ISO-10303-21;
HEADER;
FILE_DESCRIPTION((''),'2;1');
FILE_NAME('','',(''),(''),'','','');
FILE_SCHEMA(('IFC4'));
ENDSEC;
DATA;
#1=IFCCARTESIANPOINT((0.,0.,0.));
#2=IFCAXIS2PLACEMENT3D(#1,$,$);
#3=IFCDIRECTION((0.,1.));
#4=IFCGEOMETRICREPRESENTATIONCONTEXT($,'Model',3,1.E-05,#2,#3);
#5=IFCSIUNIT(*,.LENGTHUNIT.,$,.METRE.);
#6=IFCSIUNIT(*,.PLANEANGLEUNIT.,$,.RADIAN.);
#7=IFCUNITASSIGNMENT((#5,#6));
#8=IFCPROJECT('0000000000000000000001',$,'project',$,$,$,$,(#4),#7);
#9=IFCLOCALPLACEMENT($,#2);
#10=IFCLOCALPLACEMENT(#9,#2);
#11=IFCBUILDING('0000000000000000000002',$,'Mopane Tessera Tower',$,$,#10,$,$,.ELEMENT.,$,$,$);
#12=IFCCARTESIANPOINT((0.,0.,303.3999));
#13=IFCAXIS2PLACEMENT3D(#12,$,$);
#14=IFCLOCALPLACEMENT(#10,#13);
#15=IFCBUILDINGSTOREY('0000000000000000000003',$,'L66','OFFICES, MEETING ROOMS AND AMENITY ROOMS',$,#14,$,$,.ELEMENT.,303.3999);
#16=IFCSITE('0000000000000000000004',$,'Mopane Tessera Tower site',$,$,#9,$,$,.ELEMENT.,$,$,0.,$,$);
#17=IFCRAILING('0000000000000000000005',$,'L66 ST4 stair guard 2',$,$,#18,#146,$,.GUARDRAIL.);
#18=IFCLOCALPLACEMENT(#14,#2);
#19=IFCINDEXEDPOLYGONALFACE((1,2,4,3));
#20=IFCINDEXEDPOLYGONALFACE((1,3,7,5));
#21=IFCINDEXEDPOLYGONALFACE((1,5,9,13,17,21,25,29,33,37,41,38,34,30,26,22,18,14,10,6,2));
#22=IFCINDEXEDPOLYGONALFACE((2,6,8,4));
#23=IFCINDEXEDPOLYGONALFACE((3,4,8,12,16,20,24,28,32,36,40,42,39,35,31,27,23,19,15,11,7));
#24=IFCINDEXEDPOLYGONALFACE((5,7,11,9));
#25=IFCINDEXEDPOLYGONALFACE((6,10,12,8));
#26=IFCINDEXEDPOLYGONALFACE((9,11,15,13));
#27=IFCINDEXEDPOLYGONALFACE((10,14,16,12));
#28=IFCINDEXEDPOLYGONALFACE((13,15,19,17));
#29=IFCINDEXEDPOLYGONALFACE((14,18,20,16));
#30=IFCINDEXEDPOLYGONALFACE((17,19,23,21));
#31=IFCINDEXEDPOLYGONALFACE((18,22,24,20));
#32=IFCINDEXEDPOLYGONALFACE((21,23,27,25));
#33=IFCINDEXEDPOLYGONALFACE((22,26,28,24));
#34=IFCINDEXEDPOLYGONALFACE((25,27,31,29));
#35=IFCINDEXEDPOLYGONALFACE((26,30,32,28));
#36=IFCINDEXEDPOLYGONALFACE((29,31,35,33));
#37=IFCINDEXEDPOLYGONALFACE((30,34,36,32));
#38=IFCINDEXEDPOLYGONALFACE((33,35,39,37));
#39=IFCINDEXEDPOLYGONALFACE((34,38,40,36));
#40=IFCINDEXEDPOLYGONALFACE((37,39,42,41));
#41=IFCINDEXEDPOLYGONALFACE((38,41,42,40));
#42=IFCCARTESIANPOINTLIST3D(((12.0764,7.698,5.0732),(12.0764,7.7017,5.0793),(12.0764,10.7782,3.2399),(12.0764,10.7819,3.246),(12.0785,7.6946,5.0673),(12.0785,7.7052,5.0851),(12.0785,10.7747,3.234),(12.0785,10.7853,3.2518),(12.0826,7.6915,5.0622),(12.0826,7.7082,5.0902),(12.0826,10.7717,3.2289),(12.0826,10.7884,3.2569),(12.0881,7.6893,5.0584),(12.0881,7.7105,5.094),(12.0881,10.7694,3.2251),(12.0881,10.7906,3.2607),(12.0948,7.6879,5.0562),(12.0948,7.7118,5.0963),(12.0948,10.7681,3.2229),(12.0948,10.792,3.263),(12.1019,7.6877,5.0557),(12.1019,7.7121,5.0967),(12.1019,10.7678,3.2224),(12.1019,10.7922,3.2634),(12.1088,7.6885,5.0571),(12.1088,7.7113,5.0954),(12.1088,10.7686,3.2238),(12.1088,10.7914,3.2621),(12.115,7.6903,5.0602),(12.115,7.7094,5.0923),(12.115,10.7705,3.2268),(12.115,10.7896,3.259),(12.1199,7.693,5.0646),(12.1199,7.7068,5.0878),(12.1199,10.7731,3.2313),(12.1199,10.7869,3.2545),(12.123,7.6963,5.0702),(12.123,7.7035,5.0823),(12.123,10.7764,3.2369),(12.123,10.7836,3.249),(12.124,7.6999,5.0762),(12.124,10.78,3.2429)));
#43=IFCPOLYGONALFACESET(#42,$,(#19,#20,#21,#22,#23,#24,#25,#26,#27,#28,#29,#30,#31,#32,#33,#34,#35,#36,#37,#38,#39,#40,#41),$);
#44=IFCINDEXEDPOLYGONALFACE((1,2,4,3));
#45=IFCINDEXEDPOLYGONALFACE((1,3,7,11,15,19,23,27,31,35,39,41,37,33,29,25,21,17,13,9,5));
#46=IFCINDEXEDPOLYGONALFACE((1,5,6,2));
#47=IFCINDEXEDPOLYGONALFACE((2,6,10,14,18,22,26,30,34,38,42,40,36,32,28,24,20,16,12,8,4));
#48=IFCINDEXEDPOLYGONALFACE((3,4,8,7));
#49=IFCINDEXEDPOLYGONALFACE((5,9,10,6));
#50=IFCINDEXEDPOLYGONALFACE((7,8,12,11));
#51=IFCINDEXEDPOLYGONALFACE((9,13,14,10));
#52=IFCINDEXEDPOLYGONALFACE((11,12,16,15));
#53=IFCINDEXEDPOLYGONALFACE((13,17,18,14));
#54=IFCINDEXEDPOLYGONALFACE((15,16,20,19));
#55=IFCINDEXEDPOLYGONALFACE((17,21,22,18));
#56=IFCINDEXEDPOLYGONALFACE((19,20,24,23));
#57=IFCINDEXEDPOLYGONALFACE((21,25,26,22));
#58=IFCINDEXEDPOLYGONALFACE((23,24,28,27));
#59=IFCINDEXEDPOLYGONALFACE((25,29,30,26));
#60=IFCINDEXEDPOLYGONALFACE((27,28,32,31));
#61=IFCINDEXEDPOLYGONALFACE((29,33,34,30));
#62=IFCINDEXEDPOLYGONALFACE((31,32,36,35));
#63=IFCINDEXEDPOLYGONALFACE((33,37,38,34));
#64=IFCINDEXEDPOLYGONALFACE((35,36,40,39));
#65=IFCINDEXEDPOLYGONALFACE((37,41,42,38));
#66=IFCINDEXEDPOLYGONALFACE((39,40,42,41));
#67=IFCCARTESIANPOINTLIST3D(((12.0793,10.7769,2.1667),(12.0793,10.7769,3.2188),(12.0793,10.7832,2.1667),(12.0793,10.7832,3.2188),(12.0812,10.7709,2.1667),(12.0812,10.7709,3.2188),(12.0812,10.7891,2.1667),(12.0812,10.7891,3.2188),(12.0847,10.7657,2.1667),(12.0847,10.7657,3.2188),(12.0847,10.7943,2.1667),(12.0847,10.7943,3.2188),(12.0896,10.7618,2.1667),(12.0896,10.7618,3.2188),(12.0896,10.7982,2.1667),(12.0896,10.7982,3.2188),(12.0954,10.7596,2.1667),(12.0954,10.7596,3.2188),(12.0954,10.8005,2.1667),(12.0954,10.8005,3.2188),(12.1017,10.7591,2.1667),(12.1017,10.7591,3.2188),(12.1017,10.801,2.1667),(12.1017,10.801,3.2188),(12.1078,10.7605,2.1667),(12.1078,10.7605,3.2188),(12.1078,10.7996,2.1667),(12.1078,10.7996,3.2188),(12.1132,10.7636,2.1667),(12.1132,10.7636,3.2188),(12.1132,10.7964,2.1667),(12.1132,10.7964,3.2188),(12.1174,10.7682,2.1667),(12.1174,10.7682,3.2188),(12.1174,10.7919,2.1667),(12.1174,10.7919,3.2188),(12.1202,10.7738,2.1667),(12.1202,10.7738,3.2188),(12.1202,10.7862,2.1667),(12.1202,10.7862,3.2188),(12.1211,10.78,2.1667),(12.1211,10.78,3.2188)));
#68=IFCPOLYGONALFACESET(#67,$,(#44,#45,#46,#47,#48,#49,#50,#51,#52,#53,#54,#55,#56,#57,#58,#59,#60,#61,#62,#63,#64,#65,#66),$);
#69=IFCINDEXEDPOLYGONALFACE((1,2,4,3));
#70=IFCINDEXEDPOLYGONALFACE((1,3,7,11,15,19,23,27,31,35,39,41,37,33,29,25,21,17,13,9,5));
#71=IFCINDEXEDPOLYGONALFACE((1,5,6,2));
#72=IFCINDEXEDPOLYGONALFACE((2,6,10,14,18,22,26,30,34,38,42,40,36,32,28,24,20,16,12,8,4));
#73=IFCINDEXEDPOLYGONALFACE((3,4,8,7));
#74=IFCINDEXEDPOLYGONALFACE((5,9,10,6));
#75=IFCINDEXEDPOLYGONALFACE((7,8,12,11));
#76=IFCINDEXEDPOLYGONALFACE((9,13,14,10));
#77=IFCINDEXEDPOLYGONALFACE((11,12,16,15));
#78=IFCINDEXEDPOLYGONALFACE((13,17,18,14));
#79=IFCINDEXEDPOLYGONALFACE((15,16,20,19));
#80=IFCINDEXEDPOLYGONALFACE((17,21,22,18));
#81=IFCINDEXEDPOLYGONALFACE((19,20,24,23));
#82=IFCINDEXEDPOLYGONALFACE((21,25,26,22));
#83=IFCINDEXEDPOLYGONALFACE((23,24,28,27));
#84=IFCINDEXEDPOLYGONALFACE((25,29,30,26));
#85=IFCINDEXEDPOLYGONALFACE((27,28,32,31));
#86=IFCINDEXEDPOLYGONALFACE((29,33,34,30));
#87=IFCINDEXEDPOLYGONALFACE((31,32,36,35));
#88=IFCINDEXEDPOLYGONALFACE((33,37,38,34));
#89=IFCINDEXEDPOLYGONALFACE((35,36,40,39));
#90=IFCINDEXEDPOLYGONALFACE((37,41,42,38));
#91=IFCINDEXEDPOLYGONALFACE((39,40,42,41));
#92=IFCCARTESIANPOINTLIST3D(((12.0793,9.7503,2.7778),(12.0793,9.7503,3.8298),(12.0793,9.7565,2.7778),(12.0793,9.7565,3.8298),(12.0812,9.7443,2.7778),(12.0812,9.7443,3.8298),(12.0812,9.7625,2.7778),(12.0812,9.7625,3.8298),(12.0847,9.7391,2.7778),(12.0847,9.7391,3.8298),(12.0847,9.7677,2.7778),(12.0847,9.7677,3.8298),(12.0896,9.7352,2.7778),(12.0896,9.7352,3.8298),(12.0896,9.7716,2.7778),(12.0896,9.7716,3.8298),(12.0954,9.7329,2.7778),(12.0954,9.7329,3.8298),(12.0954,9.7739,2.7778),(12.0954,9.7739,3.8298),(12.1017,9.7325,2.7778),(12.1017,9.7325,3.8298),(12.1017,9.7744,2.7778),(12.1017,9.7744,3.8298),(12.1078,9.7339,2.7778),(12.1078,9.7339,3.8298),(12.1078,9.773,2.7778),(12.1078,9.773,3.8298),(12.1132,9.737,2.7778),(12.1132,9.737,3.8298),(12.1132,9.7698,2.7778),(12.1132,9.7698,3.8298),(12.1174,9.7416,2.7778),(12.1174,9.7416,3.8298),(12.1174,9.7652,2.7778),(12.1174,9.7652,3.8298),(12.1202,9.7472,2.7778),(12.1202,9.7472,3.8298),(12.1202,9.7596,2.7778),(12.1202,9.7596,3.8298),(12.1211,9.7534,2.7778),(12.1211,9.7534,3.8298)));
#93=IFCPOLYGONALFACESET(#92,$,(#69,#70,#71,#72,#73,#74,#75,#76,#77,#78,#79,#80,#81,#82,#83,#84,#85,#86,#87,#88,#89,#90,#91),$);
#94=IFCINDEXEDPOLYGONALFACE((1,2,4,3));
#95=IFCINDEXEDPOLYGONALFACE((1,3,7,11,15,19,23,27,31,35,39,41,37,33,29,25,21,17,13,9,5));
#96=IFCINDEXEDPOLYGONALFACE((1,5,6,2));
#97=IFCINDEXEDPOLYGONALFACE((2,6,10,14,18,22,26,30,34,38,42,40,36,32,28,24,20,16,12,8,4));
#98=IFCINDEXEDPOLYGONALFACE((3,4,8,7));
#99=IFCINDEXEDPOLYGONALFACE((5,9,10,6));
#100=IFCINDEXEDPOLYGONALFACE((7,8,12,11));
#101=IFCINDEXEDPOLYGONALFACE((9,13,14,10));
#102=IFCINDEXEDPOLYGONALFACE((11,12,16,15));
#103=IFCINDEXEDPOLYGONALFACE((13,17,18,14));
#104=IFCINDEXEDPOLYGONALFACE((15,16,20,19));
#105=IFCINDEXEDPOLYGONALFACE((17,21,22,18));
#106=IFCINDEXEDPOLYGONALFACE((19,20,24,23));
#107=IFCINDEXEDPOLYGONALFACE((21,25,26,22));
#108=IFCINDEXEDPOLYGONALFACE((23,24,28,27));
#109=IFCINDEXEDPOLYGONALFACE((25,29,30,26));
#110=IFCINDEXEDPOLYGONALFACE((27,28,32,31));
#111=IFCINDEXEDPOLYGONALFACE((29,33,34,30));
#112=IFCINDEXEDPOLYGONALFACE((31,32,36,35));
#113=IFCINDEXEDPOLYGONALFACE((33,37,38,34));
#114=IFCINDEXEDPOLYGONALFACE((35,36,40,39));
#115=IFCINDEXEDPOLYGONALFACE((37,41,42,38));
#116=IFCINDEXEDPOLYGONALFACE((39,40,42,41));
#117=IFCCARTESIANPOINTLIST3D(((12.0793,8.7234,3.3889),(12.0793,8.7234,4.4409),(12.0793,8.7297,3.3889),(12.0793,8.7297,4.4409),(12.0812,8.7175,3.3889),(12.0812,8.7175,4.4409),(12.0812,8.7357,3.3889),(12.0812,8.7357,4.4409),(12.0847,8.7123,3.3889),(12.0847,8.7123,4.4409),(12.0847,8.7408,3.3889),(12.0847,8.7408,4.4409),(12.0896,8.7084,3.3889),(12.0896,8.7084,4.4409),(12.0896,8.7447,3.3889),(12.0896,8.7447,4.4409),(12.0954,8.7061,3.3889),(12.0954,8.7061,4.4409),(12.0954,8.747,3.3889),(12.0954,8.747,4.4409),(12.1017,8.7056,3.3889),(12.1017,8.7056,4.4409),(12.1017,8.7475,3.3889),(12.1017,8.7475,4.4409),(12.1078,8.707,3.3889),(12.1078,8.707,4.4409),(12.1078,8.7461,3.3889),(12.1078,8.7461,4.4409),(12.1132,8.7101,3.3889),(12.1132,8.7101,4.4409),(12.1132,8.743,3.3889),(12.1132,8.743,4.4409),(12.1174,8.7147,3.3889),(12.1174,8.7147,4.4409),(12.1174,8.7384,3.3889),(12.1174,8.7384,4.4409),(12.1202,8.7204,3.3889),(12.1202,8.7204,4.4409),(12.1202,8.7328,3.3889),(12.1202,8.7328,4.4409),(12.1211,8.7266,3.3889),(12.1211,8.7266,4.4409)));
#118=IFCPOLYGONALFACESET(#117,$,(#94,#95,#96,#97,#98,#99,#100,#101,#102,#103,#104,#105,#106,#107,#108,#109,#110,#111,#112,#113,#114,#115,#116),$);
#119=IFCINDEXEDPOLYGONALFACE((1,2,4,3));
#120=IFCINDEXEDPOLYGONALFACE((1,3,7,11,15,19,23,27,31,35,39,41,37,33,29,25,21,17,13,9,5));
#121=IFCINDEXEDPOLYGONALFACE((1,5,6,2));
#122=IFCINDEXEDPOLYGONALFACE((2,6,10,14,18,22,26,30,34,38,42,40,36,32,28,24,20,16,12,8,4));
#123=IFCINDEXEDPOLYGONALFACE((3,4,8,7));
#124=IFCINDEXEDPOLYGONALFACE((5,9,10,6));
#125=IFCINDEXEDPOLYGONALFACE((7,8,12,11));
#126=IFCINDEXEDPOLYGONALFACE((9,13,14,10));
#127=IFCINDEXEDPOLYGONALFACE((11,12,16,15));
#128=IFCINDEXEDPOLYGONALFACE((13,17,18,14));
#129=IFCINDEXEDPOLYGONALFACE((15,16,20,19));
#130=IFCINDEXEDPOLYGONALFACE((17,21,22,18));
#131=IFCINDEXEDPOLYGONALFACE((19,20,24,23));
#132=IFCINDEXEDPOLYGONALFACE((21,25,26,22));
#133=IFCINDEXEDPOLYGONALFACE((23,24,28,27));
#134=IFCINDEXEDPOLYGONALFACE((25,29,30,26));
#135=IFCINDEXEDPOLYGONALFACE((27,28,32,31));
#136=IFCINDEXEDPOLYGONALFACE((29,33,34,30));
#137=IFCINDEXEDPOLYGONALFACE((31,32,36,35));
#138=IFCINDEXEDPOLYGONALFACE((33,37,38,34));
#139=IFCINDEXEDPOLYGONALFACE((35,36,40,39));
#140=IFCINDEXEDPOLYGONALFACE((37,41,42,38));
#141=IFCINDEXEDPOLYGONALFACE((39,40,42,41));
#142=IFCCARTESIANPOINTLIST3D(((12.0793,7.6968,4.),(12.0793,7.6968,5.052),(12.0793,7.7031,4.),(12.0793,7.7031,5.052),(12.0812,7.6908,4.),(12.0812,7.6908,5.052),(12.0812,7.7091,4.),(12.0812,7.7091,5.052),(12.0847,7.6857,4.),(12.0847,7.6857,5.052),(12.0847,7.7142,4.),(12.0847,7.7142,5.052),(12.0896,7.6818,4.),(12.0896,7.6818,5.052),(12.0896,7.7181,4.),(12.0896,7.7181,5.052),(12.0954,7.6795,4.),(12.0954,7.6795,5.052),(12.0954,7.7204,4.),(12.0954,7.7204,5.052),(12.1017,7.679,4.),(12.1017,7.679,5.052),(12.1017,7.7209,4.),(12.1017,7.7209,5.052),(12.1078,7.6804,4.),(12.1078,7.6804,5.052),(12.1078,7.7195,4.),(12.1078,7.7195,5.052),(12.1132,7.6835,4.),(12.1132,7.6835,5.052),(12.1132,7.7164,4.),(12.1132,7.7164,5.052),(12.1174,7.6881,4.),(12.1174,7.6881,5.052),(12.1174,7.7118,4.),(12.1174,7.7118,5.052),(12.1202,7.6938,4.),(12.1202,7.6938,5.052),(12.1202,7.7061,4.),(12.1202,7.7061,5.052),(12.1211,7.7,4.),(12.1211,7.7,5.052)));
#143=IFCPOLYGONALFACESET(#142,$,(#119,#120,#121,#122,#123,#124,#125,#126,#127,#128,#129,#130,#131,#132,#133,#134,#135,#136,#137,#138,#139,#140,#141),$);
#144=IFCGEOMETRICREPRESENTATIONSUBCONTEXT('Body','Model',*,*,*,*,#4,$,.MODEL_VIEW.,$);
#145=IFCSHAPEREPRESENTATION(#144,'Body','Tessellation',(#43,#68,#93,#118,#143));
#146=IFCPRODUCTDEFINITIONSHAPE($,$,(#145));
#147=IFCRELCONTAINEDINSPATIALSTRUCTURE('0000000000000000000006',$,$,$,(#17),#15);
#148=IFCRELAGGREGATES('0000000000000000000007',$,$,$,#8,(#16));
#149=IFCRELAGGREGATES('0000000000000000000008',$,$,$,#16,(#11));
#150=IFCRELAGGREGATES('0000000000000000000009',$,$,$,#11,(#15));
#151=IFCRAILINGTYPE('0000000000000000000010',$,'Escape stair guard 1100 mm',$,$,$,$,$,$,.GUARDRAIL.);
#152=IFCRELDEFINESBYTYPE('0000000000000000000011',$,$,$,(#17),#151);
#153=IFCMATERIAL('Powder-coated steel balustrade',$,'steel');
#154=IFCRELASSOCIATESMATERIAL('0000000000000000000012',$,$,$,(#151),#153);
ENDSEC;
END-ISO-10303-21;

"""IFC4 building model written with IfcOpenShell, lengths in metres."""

from ifc_helpers import new_model, si_unit, direction, frame, origin, origin_2d, place, context, subcontext, project, spatial, circle, extrude, material, type_object, element, save


model = new_model("IFC4")

# Units and contexts
model_context = context("Model", 3, precision=1e-05, world=origin(), true_north=direction((0.0, 1.0)))
body_context = subcontext(model_context, "Body", "Model", "MODEL_VIEW")
ifc_project = project(units=[si_unit("LENGTHUNIT", "METRE"), si_unit("PLANEANGLEUNIT", "RADIAN")], contexts=[model_context])

# Site, building, storey
site_placement = place(None, origin())
site = spatial("IfcSite", under=ifc_project, at=site_placement, Name="Mopane Tessera Tower site", CompositionType="ELEMENT", RefElevation=0.0)
building_placement = place(site_placement, origin())
building = spatial("IfcBuilding", under=site, at=building_placement, Name="Mopane Tessera Tower", CompositionType="ELEMENT")
storey_placement = place(building_placement, frame((0.0, 0.0, 303.3999)))
storey = spatial("IfcBuildingStorey", under=building, at=storey_placement, Name="L66", Description="OFFICES, MEETING ROOMS AND AMENITY ROOMS", CompositionType="ELEMENT", Elevation=303.3999)

# Railing
ifc_material_1 = material(Name="Powder-coated steel balustrade", Category="steel")
railing_type_1 = type_object("IfcRailingType", Name="Escape stair guard 1100 mm", PredefinedType="GUARDRAIL", material=ifc_material_1)
railing_1_placement = place(storey_placement, frame((12.1001, 10.78, 2.1667)))
element("IfcRailing", 1, at=railing_1_placement, inside=storey, type_object=railing_type_1, Name="L66 ST4 stair guard 2", PredefinedType="GUARDRAIL", context=body_context, shape_type="SweptSolid", body=[
    extrude(circle(Radius=0.0239, at=origin_2d()), frame((0.0, 0.0, 1.0762), z_axis=(0.0, -0.859309, 0.511458), x_axis=(1.0, 0.0, 0.0)), (0.0, 0.0, 1.0), 3.5845),
    extrude(circle(Radius=0.021, at=origin_2d()), origin(), (0.0, 0.0, 1.0), 1.052),
    extrude(circle(Radius=0.021, at=origin_2d()), frame((0.0, -1.0266, 0.6111)), (0.0, 0.0, 1.0), 1.052),
    extrude(circle(Radius=0.021, at=origin_2d()), frame((0.0, -2.0535, 1.2222)), (0.0, 0.0, 1.0), 1.052),
    extrude(circle(Radius=0.021, at=origin_2d()), frame((0.0, -3.0801, 1.8333)), (0.0, 0.0, 1.0), 1.052),
])

save(model, "model.ifc")
